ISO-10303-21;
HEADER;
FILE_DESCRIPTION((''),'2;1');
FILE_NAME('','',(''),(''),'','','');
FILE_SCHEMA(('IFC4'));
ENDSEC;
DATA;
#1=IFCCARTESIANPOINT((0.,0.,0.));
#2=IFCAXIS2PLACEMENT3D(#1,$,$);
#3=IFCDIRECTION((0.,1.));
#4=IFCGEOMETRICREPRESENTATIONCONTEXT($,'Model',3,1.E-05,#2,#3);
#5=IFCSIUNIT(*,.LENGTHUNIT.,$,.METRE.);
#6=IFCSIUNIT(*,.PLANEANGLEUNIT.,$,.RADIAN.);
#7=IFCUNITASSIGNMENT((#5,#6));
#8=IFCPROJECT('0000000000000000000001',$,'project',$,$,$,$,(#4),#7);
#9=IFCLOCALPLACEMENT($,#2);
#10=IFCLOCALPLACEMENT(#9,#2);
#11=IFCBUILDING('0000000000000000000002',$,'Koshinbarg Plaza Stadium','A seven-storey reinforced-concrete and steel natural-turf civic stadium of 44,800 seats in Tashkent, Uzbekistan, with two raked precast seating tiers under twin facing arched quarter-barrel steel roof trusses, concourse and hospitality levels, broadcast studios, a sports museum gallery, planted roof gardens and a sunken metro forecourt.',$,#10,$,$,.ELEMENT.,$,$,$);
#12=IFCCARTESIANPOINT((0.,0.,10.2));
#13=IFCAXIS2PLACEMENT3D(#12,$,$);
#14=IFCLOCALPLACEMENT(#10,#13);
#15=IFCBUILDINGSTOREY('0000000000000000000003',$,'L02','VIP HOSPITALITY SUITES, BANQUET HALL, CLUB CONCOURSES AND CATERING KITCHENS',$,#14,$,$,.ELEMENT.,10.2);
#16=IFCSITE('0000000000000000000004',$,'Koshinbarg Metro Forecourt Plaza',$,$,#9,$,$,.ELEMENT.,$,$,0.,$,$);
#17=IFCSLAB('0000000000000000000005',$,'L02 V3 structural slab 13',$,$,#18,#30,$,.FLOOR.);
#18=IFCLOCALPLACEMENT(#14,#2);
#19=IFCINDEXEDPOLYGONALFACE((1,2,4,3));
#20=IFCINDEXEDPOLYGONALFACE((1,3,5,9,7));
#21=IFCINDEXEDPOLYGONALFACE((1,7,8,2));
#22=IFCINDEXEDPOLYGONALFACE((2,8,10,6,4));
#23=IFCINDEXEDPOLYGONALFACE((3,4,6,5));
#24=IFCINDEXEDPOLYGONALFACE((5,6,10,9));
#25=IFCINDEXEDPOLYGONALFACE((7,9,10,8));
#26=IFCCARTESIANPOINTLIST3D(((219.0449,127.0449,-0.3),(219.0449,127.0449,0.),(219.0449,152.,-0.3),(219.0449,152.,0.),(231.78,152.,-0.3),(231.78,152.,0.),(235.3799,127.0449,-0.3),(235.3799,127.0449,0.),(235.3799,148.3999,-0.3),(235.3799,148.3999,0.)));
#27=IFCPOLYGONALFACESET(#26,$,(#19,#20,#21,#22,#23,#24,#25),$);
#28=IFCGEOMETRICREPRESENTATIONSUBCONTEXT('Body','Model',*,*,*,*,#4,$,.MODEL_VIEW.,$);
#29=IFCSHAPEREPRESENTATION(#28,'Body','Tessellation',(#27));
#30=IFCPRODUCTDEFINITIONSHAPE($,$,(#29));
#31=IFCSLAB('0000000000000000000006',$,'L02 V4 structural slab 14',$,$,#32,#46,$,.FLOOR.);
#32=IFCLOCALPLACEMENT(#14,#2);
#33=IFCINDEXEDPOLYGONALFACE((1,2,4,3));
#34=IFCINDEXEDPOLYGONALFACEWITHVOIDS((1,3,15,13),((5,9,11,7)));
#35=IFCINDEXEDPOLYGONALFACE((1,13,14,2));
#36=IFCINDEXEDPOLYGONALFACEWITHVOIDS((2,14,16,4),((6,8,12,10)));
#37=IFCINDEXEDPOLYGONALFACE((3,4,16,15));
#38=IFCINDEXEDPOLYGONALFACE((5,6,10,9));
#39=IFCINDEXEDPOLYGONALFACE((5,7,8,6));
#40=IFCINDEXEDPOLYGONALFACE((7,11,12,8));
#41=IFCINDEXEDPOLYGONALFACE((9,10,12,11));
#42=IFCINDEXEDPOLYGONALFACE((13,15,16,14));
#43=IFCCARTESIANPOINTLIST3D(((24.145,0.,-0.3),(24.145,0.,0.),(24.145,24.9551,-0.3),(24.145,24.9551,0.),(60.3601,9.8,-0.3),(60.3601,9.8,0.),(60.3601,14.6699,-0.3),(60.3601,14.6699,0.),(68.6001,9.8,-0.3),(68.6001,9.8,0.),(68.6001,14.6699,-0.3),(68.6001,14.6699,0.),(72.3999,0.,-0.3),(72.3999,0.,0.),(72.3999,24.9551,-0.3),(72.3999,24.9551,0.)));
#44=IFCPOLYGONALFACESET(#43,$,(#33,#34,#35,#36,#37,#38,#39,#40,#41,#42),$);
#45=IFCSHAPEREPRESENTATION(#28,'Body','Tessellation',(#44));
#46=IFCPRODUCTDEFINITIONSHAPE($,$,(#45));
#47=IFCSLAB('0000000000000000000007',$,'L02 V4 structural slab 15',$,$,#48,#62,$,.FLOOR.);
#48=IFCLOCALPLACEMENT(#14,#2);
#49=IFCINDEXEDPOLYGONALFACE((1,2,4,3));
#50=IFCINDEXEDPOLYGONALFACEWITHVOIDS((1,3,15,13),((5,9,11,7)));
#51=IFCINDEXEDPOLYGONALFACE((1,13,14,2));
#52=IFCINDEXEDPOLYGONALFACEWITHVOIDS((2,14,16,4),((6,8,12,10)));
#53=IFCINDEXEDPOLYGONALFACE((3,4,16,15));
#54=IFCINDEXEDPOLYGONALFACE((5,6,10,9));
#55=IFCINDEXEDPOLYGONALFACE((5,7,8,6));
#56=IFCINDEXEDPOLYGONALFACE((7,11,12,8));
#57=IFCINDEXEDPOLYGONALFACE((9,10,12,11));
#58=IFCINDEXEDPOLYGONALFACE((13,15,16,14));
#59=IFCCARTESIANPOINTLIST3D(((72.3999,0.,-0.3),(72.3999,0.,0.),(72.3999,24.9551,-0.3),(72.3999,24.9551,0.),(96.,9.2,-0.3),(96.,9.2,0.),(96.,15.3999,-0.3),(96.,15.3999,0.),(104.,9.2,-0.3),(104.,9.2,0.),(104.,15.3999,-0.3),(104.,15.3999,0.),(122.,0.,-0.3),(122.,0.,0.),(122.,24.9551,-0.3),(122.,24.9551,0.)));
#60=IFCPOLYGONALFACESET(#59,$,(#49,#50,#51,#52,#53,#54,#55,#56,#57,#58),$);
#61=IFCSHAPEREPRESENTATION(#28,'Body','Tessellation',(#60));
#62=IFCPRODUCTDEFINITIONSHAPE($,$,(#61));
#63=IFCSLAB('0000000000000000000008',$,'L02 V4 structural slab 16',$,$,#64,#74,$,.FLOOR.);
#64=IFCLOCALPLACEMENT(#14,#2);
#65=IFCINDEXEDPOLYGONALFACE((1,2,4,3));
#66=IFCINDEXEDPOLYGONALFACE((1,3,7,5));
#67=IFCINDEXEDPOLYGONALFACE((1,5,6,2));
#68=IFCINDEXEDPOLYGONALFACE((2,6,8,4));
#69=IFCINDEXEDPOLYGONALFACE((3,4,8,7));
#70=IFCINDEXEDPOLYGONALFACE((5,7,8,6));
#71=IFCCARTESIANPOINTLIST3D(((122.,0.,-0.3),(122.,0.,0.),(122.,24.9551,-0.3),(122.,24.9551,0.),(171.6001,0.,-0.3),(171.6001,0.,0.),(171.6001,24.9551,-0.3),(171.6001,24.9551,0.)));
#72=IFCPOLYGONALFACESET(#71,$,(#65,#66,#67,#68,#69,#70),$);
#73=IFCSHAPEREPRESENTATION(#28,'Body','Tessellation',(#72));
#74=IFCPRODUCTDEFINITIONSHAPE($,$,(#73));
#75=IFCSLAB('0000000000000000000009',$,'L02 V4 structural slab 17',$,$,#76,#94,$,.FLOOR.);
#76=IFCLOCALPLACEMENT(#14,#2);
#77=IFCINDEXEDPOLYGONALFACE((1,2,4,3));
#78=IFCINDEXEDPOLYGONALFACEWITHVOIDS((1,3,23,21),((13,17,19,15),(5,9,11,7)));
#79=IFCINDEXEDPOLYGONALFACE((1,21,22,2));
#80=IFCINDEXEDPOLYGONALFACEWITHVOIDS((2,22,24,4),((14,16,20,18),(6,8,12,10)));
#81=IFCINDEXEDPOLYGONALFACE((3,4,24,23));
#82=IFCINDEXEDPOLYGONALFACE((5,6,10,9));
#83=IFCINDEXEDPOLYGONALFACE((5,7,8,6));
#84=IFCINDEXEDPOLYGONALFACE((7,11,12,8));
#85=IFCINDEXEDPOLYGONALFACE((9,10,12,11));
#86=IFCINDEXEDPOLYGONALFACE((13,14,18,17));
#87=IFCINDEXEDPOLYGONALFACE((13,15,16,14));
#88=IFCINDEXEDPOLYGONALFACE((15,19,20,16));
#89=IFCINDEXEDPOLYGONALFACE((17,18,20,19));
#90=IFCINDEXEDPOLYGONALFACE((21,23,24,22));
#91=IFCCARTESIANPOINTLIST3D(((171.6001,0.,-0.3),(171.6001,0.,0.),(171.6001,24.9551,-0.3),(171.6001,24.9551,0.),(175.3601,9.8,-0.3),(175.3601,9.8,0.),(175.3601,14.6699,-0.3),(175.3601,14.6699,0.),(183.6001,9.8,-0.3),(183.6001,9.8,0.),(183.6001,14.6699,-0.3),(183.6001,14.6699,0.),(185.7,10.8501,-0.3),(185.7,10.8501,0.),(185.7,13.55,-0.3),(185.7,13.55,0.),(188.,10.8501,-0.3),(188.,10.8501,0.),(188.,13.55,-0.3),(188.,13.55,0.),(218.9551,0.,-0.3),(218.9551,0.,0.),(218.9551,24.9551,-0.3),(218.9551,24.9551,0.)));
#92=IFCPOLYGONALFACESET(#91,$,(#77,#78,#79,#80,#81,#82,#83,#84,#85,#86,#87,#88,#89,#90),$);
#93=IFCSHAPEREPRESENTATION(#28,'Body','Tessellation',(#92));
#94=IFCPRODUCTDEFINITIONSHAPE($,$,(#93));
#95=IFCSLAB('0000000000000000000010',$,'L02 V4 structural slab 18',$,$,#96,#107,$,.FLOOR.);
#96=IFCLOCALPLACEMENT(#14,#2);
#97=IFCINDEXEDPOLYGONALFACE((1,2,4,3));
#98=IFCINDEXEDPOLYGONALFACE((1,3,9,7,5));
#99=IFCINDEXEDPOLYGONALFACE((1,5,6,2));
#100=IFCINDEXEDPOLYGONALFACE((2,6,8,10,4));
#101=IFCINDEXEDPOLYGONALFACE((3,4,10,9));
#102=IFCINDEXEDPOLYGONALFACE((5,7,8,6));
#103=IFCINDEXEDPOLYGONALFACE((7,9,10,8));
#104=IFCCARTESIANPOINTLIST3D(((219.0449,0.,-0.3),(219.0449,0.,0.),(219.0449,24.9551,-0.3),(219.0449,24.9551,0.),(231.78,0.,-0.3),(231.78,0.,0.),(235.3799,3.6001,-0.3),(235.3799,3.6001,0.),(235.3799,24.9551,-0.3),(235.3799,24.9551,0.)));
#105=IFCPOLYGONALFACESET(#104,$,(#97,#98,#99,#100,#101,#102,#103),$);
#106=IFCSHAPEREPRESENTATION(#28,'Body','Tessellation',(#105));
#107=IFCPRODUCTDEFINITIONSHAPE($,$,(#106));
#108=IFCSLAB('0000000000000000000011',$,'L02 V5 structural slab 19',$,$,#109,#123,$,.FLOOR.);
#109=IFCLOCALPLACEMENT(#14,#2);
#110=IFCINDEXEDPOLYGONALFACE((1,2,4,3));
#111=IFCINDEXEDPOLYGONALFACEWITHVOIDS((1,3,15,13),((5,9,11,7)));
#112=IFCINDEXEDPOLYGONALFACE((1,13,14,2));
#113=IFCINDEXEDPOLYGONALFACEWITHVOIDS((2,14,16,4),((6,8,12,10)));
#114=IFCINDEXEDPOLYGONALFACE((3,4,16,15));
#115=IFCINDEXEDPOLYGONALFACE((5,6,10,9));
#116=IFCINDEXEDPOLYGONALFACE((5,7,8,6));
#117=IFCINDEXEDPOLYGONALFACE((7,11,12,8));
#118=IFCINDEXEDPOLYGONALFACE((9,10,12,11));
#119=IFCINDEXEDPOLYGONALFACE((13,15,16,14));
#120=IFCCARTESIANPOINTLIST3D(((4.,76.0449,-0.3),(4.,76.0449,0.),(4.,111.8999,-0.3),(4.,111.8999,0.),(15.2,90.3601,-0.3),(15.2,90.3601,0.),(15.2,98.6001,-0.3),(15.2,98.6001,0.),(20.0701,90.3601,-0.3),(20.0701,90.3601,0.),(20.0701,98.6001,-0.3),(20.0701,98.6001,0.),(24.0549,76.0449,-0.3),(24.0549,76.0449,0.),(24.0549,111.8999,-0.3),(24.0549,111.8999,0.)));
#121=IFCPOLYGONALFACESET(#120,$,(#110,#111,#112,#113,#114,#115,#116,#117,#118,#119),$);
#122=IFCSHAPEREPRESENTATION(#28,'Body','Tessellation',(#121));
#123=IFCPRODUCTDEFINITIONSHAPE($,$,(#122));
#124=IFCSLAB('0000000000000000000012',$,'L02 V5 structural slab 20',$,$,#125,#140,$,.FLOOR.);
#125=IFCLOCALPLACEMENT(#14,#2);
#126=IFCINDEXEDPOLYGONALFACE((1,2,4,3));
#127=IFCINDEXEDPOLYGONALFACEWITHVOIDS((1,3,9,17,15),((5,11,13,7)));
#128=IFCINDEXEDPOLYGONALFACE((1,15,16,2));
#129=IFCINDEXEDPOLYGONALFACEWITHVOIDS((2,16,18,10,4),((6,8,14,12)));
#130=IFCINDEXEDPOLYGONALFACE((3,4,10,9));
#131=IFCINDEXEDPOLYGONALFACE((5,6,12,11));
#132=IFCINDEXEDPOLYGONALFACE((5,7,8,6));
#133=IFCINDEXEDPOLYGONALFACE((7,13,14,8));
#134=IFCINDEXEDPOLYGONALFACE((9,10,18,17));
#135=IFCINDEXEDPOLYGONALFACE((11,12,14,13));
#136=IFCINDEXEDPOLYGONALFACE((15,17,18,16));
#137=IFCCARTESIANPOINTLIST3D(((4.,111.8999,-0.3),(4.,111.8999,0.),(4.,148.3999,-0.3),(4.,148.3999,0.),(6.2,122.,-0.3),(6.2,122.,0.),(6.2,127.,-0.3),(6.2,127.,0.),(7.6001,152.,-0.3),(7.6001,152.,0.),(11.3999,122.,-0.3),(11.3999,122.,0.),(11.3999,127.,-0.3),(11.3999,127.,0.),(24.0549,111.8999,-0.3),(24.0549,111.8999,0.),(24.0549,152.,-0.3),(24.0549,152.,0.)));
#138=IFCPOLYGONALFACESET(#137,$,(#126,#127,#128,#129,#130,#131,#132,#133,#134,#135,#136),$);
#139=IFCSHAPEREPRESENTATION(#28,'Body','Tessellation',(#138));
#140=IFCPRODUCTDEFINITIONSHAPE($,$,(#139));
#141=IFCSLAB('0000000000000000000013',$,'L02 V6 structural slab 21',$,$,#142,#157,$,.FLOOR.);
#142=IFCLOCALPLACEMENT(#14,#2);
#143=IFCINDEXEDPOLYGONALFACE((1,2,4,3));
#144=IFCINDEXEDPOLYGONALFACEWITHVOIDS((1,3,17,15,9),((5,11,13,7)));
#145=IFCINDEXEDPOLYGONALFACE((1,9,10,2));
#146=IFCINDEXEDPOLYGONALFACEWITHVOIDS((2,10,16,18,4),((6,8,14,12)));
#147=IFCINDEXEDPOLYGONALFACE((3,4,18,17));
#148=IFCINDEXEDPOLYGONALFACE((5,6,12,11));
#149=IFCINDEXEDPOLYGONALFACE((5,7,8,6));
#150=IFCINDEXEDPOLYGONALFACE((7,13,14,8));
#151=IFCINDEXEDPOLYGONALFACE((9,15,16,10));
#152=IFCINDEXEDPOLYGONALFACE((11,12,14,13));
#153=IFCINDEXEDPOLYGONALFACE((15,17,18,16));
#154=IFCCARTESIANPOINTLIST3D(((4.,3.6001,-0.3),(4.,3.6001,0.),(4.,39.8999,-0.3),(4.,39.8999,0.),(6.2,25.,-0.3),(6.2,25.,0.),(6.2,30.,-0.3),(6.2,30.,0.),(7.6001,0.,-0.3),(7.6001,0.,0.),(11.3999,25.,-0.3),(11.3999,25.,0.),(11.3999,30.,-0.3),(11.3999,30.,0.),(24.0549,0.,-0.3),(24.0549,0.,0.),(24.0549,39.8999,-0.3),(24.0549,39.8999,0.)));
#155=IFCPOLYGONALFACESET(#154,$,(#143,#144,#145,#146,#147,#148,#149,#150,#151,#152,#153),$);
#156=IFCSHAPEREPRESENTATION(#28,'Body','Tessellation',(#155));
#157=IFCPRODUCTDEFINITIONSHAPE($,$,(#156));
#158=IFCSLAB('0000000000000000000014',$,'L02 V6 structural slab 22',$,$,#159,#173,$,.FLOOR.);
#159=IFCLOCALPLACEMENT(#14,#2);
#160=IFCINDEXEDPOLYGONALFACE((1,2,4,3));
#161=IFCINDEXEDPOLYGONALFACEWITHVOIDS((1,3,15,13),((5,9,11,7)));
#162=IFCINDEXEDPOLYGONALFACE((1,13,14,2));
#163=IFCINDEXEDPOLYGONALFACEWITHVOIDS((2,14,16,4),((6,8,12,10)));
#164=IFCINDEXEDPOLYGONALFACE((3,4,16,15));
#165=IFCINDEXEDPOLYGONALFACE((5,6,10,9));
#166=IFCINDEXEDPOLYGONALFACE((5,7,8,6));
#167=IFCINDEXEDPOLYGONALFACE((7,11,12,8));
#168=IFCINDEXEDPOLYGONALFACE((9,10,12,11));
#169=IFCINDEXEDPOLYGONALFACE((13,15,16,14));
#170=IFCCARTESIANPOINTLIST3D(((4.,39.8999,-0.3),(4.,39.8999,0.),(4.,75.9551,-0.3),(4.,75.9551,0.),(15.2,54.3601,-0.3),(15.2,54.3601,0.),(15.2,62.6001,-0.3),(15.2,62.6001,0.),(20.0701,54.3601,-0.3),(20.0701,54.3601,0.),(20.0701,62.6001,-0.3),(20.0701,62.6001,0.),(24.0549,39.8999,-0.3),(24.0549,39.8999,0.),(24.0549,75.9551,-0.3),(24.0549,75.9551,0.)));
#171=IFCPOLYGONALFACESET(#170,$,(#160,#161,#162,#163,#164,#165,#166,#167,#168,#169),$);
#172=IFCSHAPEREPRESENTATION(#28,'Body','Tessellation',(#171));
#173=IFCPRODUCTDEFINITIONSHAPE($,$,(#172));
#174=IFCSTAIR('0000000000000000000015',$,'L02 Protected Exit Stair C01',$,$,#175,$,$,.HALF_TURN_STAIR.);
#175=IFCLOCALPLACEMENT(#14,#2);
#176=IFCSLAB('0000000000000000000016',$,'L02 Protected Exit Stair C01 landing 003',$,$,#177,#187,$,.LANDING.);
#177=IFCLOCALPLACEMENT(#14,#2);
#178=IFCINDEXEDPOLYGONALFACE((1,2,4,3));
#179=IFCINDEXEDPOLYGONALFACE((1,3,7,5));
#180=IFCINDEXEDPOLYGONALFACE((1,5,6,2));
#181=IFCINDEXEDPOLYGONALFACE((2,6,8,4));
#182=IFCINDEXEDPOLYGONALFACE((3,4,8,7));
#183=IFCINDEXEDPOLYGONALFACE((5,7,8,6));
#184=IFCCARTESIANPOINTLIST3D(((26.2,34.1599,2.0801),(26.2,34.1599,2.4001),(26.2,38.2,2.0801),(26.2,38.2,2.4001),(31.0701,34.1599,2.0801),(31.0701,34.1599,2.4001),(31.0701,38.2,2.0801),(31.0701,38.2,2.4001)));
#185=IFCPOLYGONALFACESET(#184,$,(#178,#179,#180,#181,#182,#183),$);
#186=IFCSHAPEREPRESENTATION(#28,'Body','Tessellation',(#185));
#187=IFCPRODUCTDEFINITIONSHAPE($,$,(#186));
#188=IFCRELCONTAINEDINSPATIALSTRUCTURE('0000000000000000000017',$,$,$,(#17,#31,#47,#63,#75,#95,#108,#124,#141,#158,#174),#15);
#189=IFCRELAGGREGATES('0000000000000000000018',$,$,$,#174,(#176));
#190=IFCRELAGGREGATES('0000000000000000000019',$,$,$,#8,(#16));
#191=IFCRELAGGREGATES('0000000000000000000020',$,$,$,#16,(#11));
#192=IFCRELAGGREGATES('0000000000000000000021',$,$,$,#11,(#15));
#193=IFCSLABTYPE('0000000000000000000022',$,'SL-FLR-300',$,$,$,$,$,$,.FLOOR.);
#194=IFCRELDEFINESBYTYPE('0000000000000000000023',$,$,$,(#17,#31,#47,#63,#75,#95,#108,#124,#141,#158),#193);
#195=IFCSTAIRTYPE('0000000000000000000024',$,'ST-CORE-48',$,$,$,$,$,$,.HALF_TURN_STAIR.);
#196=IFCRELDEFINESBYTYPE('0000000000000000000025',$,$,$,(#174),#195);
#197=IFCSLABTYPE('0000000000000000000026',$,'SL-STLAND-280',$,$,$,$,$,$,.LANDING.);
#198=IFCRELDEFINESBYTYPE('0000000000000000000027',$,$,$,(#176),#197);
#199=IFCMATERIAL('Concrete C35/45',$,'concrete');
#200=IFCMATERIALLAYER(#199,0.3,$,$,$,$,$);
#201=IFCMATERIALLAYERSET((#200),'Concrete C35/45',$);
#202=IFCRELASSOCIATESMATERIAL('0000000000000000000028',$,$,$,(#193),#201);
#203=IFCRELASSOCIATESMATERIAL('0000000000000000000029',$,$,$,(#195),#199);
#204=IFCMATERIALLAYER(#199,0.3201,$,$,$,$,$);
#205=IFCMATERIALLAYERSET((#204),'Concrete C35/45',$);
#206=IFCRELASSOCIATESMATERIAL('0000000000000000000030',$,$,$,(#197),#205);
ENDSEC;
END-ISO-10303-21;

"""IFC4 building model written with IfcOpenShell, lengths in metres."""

from ifc_helpers import new_model, si_unit, direction, frame, origin, place, context, subcontext, project, spatial, polyline, outline, extrude, material, layer, layer_set, type_object, element, aggregate, save


model = new_model("IFC4")

# Units and contexts
model_context = context("Model", 3, precision=1e-05, world=origin(), true_north=direction((0.0, 1.0)))
body_context = subcontext(model_context, "Body", "Model", "MODEL_VIEW")
ifc_project = project(units=[si_unit("LENGTHUNIT", "METRE"), si_unit("PLANEANGLEUNIT", "RADIAN")], contexts=[model_context])

# Site, building, storey
site_placement = place(None, origin())
site = spatial("IfcSite", under=ifc_project, at=site_placement, Name="Koshinbarg Metro Forecourt Plaza", CompositionType="ELEMENT", RefElevation=0.0)
building_placement = place(site_placement, origin())
building = spatial("IfcBuilding", under=site, at=building_placement, Name="Koshinbarg Plaza Stadium", Description="A seven-storey reinforced-concrete and steel natural-turf civic stadium of 44,800 seats in Tashkent, Uzbekistan, with two raked precast seating tiers under twin facing arched quarter-barrel steel roof trusses, concourse and hospitality levels, broadcast studios, a sports museum gallery, planted roof gardens and a sunken metro forecourt.", CompositionType="ELEMENT")
storey_placement = place(building_placement, frame((0.0, 0.0, 10.2)))
storey = spatial("IfcBuildingStorey", under=building, at=storey_placement, Name="L02", Description="VIP HOSPITALITY SUITES, BANQUET HALL, CLUB CONCOURSES AND CATERING KITCHENS", CompositionType="ELEMENT", Elevation=10.2)

# Slabs
ifc_material = material(Name="Concrete C35/45", Category="concrete")
ifc_layer_1 = layer(ifc_material, 0.3)
ifc_layer_set_1 = layer_set([ifc_layer_1], Name="Concrete C35/45")
slab_type_1 = type_object("IfcSlabType", Name="SL-FLR-300", PredefinedType="FLOOR", material=ifc_layer_set_1)
slab_1_placement = place(storey_placement, frame((0.0, 0.0, -0.3)))
element("IfcSlab", 1, at=slab_1_placement, inside=storey, type_object=slab_type_1, Name="L02 V3 structural slab 13", PredefinedType="FLOOR", context=body_context, shape_type="SweptSolid", body=[
    extrude(outline(polyline([(219.0449, 127.0449), (235.3799, 127.0449), (235.3799, 148.3999), (231.78, 152.0), (219.0449, 152.0), (219.0449, 127.0449)])), origin(), (0.0, 0.0, 1.0), 0.3),
])
slab_2_placement = place(storey_placement, frame((0.0, 0.0, -0.3)))
element("IfcSlab", 2, at=slab_2_placement, inside=storey, type_object=slab_type_1, Name="L02 V4 structural slab 14", PredefinedType="FLOOR", context=body_context, shape_type="SweptSolid", body=[
    extrude(outline(polyline([(24.145, 0.0), (72.3999, 0.0), (72.3999, 24.9551), (24.145, 24.9551), (24.145, 0.0)]), holes=[polyline([(60.3601, 9.8), (68.6001, 9.8), (68.6001, 14.6699), (60.3601, 14.6699), (60.3601, 9.8)])]), origin(), (0.0, 0.0, 1.0), 0.3),
])
slab_3_placement = place(storey_placement, frame((0.0, 0.0, -0.3)))
element("IfcSlab", 3, at=slab_3_placement, inside=storey, type_object=slab_type_1, Name="L02 V4 structural slab 15", PredefinedType="FLOOR", context=body_context, shape_type="SweptSolid", body=[
    extrude(outline(polyline([(72.3999, 0.0), (122.0, 0.0), (122.0, 24.9551), (72.3999, 24.9551), (72.3999, 0.0)]), holes=[polyline([(96.0, 9.2), (104.0, 9.2), (104.0, 15.3999), (96.0, 15.3999), (96.0, 9.2)])]), origin(), (0.0, 0.0, 1.0), 0.3),
])
slab_4_placement = place(storey_placement, frame((0.0, 0.0, -0.3)))
element("IfcSlab", 4, at=slab_4_placement, inside=storey, type_object=slab_type_1, Name="L02 V4 structural slab 16", PredefinedType="FLOOR", context=body_context, shape_type="SweptSolid", body=[
    extrude(outline(polyline([(122.0, 0.0), (171.6001, 0.0), (171.6001, 24.9551), (122.0, 24.9551), (122.0, 0.0)])), origin(), (0.0, 0.0, 1.0), 0.3),
])
slab_5_placement = place(storey_placement, frame((0.0, 0.0, -0.3)))
element("IfcSlab", 5, at=slab_5_placement, inside=storey, type_object=slab_type_1, Name="L02 V4 structural slab 17", PredefinedType="FLOOR", context=body_context, shape_type="SweptSolid", body=[
    extrude(outline(polyline([(171.6001, 0.0), (218.9551, 0.0), (218.9551, 24.9551), (171.6001, 24.9551), (171.6001, 0.0)]), holes=[polyline([(175.3601, 9.8), (183.6001, 9.8), (183.6001, 14.6699), (175.3601, 14.6699), (175.3601, 9.8)]), polyline([(185.7, 10.8501), (188.0, 10.8501), (188.0, 13.55), (185.7, 13.55), (185.7, 10.8501)])]), origin(), (0.0, 0.0, 1.0), 0.3),
])
slab_6_placement = place(storey_placement, frame((0.0, 0.0, -0.3)))
element("IfcSlab", 6, at=slab_6_placement, inside=storey, type_object=slab_type_1, Name="L02 V4 structural slab 18", PredefinedType="FLOOR", context=body_context, shape_type="SweptSolid", body=[
    extrude(outline(polyline([(219.0449, 0.0), (231.78, 0.0), (235.3799, 3.6001), (235.3799, 24.9551), (219.0449, 24.9551), (219.0449, 0.0)])), origin(), (0.0, 0.0, 1.0), 0.3),
])
slab_7_placement = place(storey_placement, frame((0.0, 0.0, -0.3)))
element("IfcSlab", 7, at=slab_7_placement, inside=storey, type_object=slab_type_1, Name="L02 V5 structural slab 19", PredefinedType="FLOOR", context=body_context, shape_type="SweptSolid", body=[
    extrude(outline(polyline([(4.0, 76.0449), (24.0549, 76.0449), (24.0549, 111.8999), (4.0, 111.8999), (4.0, 76.0449)]), holes=[polyline([(20.0701, 90.3601), (20.0701, 98.6001), (15.2, 98.6001), (15.2, 90.3601), (20.0701, 90.3601)])]), origin(), (0.0, 0.0, 1.0), 0.3),
])
slab_8_placement = place(storey_placement, frame((0.0, 0.0, -0.3)))
element("IfcSlab", 8, at=slab_8_placement, inside=storey, type_object=slab_type_1, Name="L02 V5 structural slab 20", PredefinedType="FLOOR", context=body_context, shape_type="SweptSolid", body=[
    extrude(outline(polyline([(4.0, 111.8999), (24.0549, 111.8999), (24.0549, 152.0), (7.6001, 152.0), (4.0, 148.3999), (4.0, 111.8999)]), holes=[polyline([(6.2, 122.0), (11.3999, 122.0), (11.3999, 127.0), (6.2, 127.0), (6.2, 122.0)])]), origin(), (0.0, 0.0, 1.0), 0.3),
])
slab_9_placement = place(storey_placement, frame((0.0, 0.0, -0.3)))
element("IfcSlab", 9, at=slab_9_placement, inside=storey, type_object=slab_type_1, Name="L02 V6 structural slab 21", PredefinedType="FLOOR", context=body_context, shape_type="SweptSolid", body=[
    extrude(outline(polyline([(7.6001, 0.0), (24.0549, 0.0), (24.0549, 39.8999), (4.0, 39.8999), (4.0, 3.6001), (7.6001, 0.0)]), holes=[polyline([(6.2, 25.0), (11.3999, 25.0), (11.3999, 30.0), (6.2, 30.0), (6.2, 25.0)])]), origin(), (0.0, 0.0, 1.0), 0.3),
])
slab_10_placement = place(storey_placement, frame((0.0, 0.0, -0.3)))
element("IfcSlab", 10, at=slab_10_placement, inside=storey, type_object=slab_type_1, Name="L02 V6 structural slab 22", PredefinedType="FLOOR", context=body_context, shape_type="SweptSolid", body=[
    extrude(outline(polyline([(4.0, 39.8999), (24.0549, 39.8999), (24.0549, 75.9551), (4.0, 75.9551), (4.0, 39.8999)]), holes=[polyline([(20.0701, 54.3601), (20.0701, 62.6001), (15.2, 62.6001), (15.2, 54.3601), (20.0701, 54.3601)])]), origin(), (0.0, 0.0, 1.0), 0.3),
])

# Stair, slab
stair_type = type_object("IfcStairType", Name="ST-CORE-48", PredefinedType="HALF_TURN_STAIR", material=ifc_material)
stair_1_placement = place(storey_placement, origin())
stair_1 = element("IfcStair", 11, at=stair_1_placement, inside=storey, type_object=stair_type, Name="L02 Protected Exit Stair C01", PredefinedType="HALF_TURN_STAIR")
ifc_layer_2 = layer(ifc_material, 0.3201)
ifc_layer_set_2 = layer_set([ifc_layer_2], Name="Concrete C35/45")
slab_type_2 = type_object("IfcSlabType", Name="SL-STLAND-280", PredefinedType="LANDING", material=ifc_layer_set_2)
slab_11_placement = place(storey_placement, frame((0.0, 0.0, 2.0801)))
slab_11 = element("IfcSlab", 12, at=slab_11_placement, type_object=slab_type_2, Name="L02 Protected Exit Stair C01 landing 003", PredefinedType="LANDING", context=body_context, shape_type="SweptSolid", body=[
    extrude(outline(polyline([(31.0701, 34.1599), (31.0701, 38.2), (26.2, 38.2), (26.2, 34.1599), (31.0701, 34.1599)])), origin(), (0.0, 0.0, 1.0), 0.3201),
])
aggregate(stair_1, [slab_11])

save(model, "model.ifc")
